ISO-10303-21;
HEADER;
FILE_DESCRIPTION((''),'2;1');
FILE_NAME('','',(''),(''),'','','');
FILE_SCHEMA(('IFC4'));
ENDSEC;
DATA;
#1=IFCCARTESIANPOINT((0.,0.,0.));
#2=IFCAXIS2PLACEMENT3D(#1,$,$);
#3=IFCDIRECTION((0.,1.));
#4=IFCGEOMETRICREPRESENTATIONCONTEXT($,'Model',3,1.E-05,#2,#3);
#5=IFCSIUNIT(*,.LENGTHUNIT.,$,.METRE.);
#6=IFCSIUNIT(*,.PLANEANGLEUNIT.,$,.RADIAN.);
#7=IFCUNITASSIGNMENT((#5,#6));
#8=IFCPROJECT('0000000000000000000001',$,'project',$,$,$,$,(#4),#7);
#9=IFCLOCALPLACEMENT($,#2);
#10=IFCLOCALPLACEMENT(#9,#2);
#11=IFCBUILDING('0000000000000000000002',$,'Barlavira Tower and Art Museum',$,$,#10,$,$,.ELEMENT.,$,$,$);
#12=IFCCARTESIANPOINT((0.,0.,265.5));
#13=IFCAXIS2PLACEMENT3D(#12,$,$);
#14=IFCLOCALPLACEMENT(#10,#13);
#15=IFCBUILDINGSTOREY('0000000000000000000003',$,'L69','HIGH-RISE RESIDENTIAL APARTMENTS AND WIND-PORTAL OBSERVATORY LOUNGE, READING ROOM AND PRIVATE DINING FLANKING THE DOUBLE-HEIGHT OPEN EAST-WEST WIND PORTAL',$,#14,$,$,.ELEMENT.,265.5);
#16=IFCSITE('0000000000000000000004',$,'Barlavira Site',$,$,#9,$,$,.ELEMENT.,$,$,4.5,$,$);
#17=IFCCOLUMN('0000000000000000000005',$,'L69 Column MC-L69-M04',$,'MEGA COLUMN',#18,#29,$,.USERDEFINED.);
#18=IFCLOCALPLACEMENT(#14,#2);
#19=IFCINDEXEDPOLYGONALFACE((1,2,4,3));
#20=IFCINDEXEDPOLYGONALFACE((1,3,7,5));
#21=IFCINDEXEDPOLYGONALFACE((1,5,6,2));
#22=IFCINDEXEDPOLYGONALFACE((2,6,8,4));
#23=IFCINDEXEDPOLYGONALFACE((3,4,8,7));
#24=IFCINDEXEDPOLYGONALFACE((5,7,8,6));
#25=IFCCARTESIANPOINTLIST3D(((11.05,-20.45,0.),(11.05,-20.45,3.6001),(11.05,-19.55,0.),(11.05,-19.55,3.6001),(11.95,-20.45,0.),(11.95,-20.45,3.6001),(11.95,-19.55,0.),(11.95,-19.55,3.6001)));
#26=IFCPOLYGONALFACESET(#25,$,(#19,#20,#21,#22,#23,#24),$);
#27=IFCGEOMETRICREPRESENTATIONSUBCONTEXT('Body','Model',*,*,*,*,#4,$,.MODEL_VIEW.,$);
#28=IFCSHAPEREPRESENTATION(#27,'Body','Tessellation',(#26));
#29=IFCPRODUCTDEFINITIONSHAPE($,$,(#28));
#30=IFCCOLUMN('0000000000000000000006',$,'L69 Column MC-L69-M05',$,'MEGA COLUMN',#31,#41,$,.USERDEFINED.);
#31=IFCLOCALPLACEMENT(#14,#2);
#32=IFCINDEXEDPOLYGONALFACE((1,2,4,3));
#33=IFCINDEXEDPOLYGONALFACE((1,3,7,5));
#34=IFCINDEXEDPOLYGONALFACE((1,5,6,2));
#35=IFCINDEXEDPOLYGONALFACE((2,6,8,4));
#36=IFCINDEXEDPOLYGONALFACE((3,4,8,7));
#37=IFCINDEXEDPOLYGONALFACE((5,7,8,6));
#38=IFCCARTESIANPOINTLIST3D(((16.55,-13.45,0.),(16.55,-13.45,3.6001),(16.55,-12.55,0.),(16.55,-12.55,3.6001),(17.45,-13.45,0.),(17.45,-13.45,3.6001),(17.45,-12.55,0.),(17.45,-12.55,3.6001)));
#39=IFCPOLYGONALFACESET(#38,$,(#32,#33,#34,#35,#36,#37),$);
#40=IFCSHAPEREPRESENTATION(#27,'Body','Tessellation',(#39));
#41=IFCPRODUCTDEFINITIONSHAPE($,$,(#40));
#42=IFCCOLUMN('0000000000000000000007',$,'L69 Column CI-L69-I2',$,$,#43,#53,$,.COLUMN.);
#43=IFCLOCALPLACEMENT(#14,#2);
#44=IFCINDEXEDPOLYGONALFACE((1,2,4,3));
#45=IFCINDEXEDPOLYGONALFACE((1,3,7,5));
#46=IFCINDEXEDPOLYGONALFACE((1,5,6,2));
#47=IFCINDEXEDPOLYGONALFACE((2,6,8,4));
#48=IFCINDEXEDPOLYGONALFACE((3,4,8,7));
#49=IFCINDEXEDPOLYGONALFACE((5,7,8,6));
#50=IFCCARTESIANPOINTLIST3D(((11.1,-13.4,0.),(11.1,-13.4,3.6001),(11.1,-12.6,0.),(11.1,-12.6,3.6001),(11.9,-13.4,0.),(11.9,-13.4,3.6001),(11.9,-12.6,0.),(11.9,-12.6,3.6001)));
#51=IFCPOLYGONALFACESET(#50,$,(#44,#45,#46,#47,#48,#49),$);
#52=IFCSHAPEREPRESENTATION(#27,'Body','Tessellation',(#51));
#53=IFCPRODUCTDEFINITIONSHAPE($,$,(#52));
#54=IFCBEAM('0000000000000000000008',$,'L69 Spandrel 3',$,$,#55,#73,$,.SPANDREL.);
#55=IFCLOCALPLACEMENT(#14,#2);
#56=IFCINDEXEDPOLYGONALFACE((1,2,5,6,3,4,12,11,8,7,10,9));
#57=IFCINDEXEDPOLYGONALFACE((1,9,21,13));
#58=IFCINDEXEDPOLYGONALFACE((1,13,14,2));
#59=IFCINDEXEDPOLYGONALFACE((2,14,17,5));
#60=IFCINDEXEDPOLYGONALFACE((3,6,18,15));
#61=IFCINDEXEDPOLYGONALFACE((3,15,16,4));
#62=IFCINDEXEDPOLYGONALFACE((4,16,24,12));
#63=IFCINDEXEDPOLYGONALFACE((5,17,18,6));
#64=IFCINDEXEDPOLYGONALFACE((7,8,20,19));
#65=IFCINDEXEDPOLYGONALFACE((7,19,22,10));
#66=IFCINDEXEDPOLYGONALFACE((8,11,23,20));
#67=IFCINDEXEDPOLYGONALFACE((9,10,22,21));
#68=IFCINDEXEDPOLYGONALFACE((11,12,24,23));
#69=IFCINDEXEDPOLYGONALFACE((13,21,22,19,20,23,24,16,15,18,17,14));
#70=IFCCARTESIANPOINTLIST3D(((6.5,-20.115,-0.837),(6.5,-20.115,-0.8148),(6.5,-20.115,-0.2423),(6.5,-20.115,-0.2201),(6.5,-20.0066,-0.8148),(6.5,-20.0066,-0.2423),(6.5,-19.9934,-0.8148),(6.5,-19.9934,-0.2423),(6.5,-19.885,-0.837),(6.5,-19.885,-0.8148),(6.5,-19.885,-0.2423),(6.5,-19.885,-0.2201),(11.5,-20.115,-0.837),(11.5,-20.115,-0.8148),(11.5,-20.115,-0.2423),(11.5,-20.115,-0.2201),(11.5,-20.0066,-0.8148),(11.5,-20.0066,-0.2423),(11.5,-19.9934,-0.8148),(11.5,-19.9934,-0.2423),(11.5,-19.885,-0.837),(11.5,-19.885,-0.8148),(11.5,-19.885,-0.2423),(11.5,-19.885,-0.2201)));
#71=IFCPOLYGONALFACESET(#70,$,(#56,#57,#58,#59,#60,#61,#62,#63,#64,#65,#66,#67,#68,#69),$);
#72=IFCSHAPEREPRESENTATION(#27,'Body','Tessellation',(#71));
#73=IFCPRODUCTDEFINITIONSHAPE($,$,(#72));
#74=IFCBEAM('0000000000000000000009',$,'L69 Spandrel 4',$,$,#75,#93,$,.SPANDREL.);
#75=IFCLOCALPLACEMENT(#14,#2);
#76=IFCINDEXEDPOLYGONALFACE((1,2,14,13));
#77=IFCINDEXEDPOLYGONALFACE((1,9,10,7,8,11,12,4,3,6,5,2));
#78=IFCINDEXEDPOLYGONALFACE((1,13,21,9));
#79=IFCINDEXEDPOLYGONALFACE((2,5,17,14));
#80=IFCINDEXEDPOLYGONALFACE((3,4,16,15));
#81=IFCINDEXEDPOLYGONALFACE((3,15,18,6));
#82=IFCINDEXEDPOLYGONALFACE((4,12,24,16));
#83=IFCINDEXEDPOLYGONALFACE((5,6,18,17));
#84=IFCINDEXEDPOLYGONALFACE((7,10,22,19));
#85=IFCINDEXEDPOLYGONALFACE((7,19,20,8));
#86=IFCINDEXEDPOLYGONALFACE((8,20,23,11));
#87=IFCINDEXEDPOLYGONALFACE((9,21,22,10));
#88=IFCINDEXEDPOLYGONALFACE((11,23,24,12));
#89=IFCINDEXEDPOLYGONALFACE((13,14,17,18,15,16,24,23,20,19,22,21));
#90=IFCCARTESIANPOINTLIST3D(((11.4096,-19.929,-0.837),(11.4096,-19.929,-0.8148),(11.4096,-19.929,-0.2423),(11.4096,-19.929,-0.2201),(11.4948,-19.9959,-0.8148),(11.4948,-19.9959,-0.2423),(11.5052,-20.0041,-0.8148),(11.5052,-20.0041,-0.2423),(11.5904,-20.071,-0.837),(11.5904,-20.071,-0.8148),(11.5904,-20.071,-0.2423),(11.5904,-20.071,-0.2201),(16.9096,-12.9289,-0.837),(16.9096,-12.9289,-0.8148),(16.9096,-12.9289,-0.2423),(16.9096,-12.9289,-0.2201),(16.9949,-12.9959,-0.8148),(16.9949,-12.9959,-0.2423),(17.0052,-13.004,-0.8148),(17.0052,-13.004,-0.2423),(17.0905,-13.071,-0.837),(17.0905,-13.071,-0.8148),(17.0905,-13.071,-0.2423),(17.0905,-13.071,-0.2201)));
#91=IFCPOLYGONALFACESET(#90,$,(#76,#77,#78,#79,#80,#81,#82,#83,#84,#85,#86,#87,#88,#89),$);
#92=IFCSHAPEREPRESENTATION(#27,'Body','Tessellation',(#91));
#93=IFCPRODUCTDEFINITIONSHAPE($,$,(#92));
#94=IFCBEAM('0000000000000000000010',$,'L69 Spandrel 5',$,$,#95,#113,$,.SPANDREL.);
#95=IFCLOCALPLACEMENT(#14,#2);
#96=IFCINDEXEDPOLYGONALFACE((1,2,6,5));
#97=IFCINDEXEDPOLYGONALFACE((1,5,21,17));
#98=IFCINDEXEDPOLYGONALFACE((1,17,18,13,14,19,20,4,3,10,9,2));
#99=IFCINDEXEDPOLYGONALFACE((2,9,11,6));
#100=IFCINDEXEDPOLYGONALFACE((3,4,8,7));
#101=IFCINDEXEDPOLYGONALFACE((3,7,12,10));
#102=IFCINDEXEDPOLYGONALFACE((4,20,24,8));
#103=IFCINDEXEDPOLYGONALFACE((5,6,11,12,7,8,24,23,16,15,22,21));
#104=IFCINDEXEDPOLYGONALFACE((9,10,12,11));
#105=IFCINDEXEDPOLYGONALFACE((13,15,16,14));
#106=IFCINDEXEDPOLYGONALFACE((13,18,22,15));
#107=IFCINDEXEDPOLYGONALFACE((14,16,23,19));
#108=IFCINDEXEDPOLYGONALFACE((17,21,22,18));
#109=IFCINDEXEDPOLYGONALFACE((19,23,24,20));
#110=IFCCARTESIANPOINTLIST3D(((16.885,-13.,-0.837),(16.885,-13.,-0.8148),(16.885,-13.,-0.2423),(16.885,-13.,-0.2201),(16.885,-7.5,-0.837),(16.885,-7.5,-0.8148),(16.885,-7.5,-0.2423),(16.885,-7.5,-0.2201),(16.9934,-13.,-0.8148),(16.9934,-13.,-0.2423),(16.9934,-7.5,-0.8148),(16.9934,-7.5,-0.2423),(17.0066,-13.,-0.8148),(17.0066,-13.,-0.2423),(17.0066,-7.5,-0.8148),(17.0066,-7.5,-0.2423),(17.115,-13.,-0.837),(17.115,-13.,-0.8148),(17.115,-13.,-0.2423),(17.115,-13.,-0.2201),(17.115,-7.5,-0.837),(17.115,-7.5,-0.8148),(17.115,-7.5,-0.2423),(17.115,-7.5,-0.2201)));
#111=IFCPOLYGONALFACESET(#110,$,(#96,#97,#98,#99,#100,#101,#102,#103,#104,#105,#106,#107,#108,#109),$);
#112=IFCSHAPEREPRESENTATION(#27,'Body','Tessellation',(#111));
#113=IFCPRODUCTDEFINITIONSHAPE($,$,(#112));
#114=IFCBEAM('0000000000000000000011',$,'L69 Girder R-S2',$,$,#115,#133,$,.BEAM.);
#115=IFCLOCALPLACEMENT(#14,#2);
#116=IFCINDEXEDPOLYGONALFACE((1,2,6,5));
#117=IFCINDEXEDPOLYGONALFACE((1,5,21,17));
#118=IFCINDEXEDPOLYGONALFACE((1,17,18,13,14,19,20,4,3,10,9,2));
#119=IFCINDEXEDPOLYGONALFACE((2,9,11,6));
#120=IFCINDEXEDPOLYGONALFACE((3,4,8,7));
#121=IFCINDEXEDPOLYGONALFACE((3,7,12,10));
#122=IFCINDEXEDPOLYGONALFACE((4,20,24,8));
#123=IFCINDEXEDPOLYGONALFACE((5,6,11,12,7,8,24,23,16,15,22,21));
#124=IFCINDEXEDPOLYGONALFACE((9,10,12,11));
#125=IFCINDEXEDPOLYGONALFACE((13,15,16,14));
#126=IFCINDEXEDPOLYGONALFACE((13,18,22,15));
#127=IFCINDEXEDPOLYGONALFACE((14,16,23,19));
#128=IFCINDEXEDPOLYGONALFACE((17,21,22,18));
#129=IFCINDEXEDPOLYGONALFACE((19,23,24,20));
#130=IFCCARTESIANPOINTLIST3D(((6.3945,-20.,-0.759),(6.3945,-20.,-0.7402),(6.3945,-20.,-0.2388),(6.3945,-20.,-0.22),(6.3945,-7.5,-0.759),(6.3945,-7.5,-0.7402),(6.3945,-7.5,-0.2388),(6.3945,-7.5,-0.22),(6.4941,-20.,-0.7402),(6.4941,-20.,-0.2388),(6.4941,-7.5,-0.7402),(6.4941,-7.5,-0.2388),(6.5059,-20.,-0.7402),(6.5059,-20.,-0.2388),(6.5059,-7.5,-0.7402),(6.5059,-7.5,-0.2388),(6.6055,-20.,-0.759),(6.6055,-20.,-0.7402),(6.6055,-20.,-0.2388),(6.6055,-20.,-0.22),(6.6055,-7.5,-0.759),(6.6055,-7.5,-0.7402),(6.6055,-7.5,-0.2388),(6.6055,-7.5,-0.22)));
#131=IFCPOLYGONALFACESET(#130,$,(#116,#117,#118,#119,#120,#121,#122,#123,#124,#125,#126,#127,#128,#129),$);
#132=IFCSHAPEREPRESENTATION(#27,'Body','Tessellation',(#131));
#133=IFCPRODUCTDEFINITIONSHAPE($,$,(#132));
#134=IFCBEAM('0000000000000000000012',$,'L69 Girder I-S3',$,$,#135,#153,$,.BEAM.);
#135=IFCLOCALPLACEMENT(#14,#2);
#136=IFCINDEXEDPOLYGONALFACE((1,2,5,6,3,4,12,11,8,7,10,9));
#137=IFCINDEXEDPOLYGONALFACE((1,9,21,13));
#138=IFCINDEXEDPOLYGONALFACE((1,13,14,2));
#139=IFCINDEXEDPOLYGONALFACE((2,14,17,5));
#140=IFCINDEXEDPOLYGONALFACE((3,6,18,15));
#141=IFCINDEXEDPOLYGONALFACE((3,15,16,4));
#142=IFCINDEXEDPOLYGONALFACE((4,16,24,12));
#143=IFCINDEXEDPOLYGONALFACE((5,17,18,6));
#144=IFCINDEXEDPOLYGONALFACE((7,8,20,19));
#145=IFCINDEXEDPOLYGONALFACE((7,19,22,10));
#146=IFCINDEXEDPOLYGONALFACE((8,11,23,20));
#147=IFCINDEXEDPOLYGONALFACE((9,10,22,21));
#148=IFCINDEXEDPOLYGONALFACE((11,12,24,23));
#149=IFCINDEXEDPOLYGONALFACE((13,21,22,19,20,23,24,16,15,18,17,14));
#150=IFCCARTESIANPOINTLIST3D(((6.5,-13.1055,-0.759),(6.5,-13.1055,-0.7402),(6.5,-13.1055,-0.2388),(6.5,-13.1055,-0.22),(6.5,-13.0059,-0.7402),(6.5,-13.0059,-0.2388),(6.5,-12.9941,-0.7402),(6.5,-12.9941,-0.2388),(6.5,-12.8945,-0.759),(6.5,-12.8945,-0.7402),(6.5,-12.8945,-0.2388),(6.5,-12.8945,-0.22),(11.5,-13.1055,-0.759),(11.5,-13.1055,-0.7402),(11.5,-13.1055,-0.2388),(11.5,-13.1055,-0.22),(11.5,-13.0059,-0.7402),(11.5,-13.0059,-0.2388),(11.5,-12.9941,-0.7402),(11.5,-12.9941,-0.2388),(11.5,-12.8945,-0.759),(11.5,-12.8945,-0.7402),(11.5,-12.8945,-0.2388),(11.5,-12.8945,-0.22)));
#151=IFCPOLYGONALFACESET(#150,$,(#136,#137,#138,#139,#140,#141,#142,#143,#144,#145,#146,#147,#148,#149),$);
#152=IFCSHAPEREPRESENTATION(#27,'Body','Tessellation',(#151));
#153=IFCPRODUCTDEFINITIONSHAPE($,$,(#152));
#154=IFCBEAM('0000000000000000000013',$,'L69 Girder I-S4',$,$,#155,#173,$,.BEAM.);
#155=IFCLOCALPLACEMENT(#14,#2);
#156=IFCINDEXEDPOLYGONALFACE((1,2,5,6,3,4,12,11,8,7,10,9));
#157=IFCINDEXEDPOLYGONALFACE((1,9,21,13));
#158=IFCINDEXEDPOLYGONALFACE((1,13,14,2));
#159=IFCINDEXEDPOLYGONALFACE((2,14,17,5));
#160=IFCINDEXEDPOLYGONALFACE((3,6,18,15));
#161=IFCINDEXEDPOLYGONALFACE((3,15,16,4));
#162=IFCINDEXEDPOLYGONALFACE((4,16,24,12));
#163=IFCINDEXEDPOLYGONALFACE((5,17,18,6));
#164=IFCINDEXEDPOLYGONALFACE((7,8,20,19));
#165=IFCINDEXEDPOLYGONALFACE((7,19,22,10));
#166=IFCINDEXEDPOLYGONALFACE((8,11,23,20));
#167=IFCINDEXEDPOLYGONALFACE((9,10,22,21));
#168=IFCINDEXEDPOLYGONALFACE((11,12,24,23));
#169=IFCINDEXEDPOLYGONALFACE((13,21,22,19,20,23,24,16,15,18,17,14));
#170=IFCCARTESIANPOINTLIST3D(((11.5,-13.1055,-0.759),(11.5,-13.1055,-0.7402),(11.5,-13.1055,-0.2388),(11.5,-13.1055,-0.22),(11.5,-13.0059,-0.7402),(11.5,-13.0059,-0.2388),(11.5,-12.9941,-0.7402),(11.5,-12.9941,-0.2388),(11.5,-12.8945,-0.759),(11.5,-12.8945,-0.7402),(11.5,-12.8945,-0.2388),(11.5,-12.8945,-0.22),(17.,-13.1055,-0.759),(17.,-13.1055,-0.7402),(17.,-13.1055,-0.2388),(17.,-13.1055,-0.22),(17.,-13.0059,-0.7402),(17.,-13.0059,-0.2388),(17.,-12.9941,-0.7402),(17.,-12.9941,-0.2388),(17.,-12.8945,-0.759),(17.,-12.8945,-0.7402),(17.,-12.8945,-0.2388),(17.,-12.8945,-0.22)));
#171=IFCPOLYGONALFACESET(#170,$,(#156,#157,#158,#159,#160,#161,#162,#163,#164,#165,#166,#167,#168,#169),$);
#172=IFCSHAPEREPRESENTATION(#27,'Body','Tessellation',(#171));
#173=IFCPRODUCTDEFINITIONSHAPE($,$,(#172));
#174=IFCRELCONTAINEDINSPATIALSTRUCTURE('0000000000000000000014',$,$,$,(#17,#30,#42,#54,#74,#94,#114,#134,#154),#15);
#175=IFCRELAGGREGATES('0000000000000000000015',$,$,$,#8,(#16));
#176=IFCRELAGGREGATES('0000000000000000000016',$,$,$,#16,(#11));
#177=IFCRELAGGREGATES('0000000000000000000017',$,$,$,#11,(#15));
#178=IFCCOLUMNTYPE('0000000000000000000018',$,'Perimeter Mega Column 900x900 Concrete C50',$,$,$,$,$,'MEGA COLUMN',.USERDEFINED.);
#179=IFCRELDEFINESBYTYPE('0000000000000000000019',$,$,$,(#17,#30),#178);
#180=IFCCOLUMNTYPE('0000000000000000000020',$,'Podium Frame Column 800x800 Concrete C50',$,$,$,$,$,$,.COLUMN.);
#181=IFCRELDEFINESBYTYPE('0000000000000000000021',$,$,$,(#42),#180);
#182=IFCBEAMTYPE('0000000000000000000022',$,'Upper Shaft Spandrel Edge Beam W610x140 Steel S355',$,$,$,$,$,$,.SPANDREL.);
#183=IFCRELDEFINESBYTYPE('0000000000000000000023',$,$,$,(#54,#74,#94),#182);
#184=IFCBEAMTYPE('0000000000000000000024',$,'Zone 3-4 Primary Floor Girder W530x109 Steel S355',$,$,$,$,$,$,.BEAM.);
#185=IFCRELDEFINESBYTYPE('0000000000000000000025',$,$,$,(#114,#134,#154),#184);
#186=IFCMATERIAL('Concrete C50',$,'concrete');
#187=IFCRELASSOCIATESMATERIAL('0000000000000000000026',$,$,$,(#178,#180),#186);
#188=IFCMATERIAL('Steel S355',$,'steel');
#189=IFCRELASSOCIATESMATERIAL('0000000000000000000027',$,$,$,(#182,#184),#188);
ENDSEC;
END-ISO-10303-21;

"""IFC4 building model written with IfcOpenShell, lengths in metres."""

from ifc_helpers import new_model, si_unit, direction, frame, origin, origin_2d, place, context, subcontext, project, spatial, rectangle, i_section, extrude, material, material_profile, profile_set, type_object, element, save


model = new_model("IFC4")

# Units and contexts
model_context = context("Model", 3, precision=1e-05, world=origin(), true_north=direction((0.0, 1.0)))
body_context = subcontext(model_context, "Body", "Model", "MODEL_VIEW")
ifc_project = project(units=[si_unit("LENGTHUNIT", "METRE"), si_unit("PLANEANGLEUNIT", "RADIAN")], contexts=[model_context])

# Site, building, storey
site_placement = place(None, origin())
site = spatial("IfcSite", under=ifc_project, at=site_placement, Name="Barlavira Site", CompositionType="ELEMENT", RefElevation=4.5)
building_placement = place(site_placement, origin())
building = spatial("IfcBuilding", under=site, at=building_placement, Name="Barlavira Tower and Art Museum", CompositionType="ELEMENT")
storey_placement = place(building_placement, frame((0.0, 0.0, 265.5)))
storey = spatial("IfcBuildingStorey", under=building, at=storey_placement, Name="L69", Description="HIGH-RISE RESIDENTIAL APARTMENTS AND WIND-PORTAL OBSERVATORY LOUNGE, READING ROOM AND PRIVATE DINING FLANKING THE DOUBLE-HEIGHT OPEN EAST-WEST WIND PORTAL", CompositionType="ELEMENT", Elevation=265.5)

# Columns
ifc_material_1 = material(Name="Concrete C50", Category="concrete")
ifc_material_profile_1 = material_profile(ifc_material_1, rectangle(XDim=0.8999, YDim=0.8999, at=origin_2d()), Name="RC-COL 900x900")
ifc_profile_set_1 = profile_set([ifc_material_profile_1], Name="Concrete C50")
column_type_1 = type_object("IfcColumnType", Name="Perimeter Mega Column 900x900 Concrete C50", ElementType="MEGA COLUMN", PredefinedType="USERDEFINED", material=ifc_profile_set_1)
for number, where, z_axis, x_axis, name in (
    (1, (11.5, -20.0, 0.0), (0.0, 0.0, 1.0), (1.0, 0.0, 0.0), "L69 Column MC-L69-M04"),
    (2, (17.0, -13.0, 0.0), (0.0, 0.0, 1.0), (1.0, 0.0, 0.0), "L69 Column MC-L69-M05"),
):
    element("IfcColumn", number, at=place(storey_placement, frame(where, z_axis=z_axis, x_axis=x_axis)), inside=storey, type_object=column_type_1, Name=name, ObjectType="MEGA COLUMN", PredefinedType="USERDEFINED", context=body_context, shape_type="SweptSolid", body=[
        extrude(rectangle(XDim=0.8999, YDim=0.8999, at=origin_2d()), origin(), (0.0, 0.0, 1.0), 3.6001),
    ])
ifc_material_profile_2 = material_profile(ifc_material_1, rectangle(XDim=0.8, YDim=0.8, at=origin_2d()), Name="RC-COL 800x800")
ifc_profile_set_2 = profile_set([ifc_material_profile_2], Name="Concrete C50")
column_type_2 = type_object("IfcColumnType", Name="Podium Frame Column 800x800 Concrete C50", PredefinedType="COLUMN", material=ifc_profile_set_2)
column_placement = place(storey_placement, frame((11.5, -13.0, 0.0), z_axis=(0.0, 0.0, 1.0), x_axis=(1.0, 0.0, 0.0)))
element("IfcColumn", 3, at=column_placement, inside=storey, type_object=column_type_2, Name="L69 Column CI-L69-I2", PredefinedType="COLUMN", context=body_context, shape_type="SweptSolid", body=[
    extrude(rectangle(XDim=0.8, YDim=0.8, at=origin_2d()), origin(), (0.0, 0.0, 1.0), 3.6001),
])

# Beams
ifc_material_2 = material(Name="Steel S355", Category="steel")
ifc_material_profile_3 = material_profile(ifc_material_2, i_section(OverallWidth=0.23, OverallDepth=0.6169, WebThickness=0.0132, FlangeThickness=0.0222, at=origin_2d()), Name="W610x140.0")
ifc_profile_set_3 = profile_set([ifc_material_profile_3], Name="Steel S355")
beam_type_1 = type_object("IfcBeamType", Name="Upper Shaft Spandrel Edge Beam W610x140 Steel S355", PredefinedType="SPANDREL", material=ifc_profile_set_3)
beam_1_placement = place(storey_placement, frame((6.5, -20.0, -0.5286), z_axis=(1.0, 0.0, 0.0), x_axis=(0.0, 1.0, 0.0)))
element("IfcBeam", 4, at=beam_1_placement, inside=storey, type_object=beam_type_1, Name="L69 Spandrel 3", PredefinedType="SPANDREL", context=body_context, shape_type="SweptSolid", body=[
    extrude(i_section(OverallWidth=0.23, OverallDepth=0.6169, WebThickness=0.0132, FlangeThickness=0.0222, at=origin_2d()), origin(), (0.0, 0.0, 1.0), 5.0),
])
beam_2_placement = place(storey_placement, frame((11.5, -20.0, -0.5286), z_axis=(0.617822, 0.786318, 0.0), x_axis=(-0.786318, 0.617822, 0.0)))
element("IfcBeam", 5, at=beam_2_placement, inside=storey, type_object=beam_type_1, Name="L69 Spandrel 4", PredefinedType="SPANDREL", context=body_context, shape_type="SweptSolid", body=[
    extrude(i_section(OverallWidth=0.23, OverallDepth=0.6169, WebThickness=0.0132, FlangeThickness=0.0222, at=origin_2d()), origin(), (0.0, 0.0, 1.0), 8.9023),
])
beam_3_placement = place(storey_placement, frame((17.0, -13.0, -0.5286), z_axis=(0.0, 1.0, 0.0), x_axis=(-1.0, 0.0, 0.0)))
element("IfcBeam", 6, at=beam_3_placement, inside=storey, type_object=beam_type_1, Name="L69 Spandrel 5", PredefinedType="SPANDREL", context=body_context, shape_type="SweptSolid", body=[
    extrude(i_section(OverallWidth=0.23, OverallDepth=0.6169, WebThickness=0.0132, FlangeThickness=0.0222, at=origin_2d()), origin(), (0.0, 0.0, 1.0), 5.5),
])
ifc_material_profile_4 = material_profile(ifc_material_2, i_section(OverallWidth=0.2109, OverallDepth=0.5391, WebThickness=0.0117, FlangeThickness=0.0188, at=origin_2d()), Name="W530x109.0")
ifc_profile_set_4 = profile_set([ifc_material_profile_4], Name="Steel S355")
beam_type_2 = type_object("IfcBeamType", Name="Zone 3-4 Primary Floor Girder W530x109 Steel S355", PredefinedType="BEAM", material=ifc_profile_set_4)
beam_4_placement = place(storey_placement, frame((6.5, -20.0, -0.4895), z_axis=(0.0, 1.0, 0.0), x_axis=(-1.0, 0.0, 0.0)))
element("IfcBeam", 7, at=beam_4_placement, inside=storey, type_object=beam_type_2, Name="L69 Girder R-S2", PredefinedType="BEAM", context=body_context, shape_type="SweptSolid", body=[
    extrude(i_section(OverallWidth=0.2109, OverallDepth=0.5391, WebThickness=0.0117, FlangeThickness=0.0188, at=origin_2d()), origin(), (0.0, 0.0, 1.0), 12.5),
])
beam_5_placement = place(storey_placement, frame((6.5, -13.0, -0.4895), z_axis=(1.0, 0.0, 0.0), x_axis=(0.0, 1.0, 0.0)))
element("IfcBeam", 8, at=beam_5_placement, inside=storey, type_object=beam_type_2, Name="L69 Girder I-S3", PredefinedType="BEAM", context=body_context, shape_type="SweptSolid", body=[
    extrude(i_section(OverallWidth=0.2109, OverallDepth=0.5391, WebThickness=0.0117, FlangeThickness=0.0188, at=origin_2d()), origin(), (0.0, 0.0, 1.0), 5.0),
])
beam_6_placement = place(storey_placement, frame((11.5, -13.0, -0.4895), z_axis=(1.0, 0.0, 0.0), x_axis=(0.0, 1.0, 0.0)))
element("IfcBeam", 9, at=beam_6_placement, inside=storey, type_object=beam_type_2, Name="L69 Girder I-S4", PredefinedType="BEAM", context=body_context, shape_type="SweptSolid", body=[
    extrude(i_section(OverallWidth=0.2109, OverallDepth=0.5391, WebThickness=0.0117, FlangeThickness=0.0188, at=origin_2d()), origin(), (0.0, 0.0, 1.0), 5.5),
])

save(model, "model.ifc")
